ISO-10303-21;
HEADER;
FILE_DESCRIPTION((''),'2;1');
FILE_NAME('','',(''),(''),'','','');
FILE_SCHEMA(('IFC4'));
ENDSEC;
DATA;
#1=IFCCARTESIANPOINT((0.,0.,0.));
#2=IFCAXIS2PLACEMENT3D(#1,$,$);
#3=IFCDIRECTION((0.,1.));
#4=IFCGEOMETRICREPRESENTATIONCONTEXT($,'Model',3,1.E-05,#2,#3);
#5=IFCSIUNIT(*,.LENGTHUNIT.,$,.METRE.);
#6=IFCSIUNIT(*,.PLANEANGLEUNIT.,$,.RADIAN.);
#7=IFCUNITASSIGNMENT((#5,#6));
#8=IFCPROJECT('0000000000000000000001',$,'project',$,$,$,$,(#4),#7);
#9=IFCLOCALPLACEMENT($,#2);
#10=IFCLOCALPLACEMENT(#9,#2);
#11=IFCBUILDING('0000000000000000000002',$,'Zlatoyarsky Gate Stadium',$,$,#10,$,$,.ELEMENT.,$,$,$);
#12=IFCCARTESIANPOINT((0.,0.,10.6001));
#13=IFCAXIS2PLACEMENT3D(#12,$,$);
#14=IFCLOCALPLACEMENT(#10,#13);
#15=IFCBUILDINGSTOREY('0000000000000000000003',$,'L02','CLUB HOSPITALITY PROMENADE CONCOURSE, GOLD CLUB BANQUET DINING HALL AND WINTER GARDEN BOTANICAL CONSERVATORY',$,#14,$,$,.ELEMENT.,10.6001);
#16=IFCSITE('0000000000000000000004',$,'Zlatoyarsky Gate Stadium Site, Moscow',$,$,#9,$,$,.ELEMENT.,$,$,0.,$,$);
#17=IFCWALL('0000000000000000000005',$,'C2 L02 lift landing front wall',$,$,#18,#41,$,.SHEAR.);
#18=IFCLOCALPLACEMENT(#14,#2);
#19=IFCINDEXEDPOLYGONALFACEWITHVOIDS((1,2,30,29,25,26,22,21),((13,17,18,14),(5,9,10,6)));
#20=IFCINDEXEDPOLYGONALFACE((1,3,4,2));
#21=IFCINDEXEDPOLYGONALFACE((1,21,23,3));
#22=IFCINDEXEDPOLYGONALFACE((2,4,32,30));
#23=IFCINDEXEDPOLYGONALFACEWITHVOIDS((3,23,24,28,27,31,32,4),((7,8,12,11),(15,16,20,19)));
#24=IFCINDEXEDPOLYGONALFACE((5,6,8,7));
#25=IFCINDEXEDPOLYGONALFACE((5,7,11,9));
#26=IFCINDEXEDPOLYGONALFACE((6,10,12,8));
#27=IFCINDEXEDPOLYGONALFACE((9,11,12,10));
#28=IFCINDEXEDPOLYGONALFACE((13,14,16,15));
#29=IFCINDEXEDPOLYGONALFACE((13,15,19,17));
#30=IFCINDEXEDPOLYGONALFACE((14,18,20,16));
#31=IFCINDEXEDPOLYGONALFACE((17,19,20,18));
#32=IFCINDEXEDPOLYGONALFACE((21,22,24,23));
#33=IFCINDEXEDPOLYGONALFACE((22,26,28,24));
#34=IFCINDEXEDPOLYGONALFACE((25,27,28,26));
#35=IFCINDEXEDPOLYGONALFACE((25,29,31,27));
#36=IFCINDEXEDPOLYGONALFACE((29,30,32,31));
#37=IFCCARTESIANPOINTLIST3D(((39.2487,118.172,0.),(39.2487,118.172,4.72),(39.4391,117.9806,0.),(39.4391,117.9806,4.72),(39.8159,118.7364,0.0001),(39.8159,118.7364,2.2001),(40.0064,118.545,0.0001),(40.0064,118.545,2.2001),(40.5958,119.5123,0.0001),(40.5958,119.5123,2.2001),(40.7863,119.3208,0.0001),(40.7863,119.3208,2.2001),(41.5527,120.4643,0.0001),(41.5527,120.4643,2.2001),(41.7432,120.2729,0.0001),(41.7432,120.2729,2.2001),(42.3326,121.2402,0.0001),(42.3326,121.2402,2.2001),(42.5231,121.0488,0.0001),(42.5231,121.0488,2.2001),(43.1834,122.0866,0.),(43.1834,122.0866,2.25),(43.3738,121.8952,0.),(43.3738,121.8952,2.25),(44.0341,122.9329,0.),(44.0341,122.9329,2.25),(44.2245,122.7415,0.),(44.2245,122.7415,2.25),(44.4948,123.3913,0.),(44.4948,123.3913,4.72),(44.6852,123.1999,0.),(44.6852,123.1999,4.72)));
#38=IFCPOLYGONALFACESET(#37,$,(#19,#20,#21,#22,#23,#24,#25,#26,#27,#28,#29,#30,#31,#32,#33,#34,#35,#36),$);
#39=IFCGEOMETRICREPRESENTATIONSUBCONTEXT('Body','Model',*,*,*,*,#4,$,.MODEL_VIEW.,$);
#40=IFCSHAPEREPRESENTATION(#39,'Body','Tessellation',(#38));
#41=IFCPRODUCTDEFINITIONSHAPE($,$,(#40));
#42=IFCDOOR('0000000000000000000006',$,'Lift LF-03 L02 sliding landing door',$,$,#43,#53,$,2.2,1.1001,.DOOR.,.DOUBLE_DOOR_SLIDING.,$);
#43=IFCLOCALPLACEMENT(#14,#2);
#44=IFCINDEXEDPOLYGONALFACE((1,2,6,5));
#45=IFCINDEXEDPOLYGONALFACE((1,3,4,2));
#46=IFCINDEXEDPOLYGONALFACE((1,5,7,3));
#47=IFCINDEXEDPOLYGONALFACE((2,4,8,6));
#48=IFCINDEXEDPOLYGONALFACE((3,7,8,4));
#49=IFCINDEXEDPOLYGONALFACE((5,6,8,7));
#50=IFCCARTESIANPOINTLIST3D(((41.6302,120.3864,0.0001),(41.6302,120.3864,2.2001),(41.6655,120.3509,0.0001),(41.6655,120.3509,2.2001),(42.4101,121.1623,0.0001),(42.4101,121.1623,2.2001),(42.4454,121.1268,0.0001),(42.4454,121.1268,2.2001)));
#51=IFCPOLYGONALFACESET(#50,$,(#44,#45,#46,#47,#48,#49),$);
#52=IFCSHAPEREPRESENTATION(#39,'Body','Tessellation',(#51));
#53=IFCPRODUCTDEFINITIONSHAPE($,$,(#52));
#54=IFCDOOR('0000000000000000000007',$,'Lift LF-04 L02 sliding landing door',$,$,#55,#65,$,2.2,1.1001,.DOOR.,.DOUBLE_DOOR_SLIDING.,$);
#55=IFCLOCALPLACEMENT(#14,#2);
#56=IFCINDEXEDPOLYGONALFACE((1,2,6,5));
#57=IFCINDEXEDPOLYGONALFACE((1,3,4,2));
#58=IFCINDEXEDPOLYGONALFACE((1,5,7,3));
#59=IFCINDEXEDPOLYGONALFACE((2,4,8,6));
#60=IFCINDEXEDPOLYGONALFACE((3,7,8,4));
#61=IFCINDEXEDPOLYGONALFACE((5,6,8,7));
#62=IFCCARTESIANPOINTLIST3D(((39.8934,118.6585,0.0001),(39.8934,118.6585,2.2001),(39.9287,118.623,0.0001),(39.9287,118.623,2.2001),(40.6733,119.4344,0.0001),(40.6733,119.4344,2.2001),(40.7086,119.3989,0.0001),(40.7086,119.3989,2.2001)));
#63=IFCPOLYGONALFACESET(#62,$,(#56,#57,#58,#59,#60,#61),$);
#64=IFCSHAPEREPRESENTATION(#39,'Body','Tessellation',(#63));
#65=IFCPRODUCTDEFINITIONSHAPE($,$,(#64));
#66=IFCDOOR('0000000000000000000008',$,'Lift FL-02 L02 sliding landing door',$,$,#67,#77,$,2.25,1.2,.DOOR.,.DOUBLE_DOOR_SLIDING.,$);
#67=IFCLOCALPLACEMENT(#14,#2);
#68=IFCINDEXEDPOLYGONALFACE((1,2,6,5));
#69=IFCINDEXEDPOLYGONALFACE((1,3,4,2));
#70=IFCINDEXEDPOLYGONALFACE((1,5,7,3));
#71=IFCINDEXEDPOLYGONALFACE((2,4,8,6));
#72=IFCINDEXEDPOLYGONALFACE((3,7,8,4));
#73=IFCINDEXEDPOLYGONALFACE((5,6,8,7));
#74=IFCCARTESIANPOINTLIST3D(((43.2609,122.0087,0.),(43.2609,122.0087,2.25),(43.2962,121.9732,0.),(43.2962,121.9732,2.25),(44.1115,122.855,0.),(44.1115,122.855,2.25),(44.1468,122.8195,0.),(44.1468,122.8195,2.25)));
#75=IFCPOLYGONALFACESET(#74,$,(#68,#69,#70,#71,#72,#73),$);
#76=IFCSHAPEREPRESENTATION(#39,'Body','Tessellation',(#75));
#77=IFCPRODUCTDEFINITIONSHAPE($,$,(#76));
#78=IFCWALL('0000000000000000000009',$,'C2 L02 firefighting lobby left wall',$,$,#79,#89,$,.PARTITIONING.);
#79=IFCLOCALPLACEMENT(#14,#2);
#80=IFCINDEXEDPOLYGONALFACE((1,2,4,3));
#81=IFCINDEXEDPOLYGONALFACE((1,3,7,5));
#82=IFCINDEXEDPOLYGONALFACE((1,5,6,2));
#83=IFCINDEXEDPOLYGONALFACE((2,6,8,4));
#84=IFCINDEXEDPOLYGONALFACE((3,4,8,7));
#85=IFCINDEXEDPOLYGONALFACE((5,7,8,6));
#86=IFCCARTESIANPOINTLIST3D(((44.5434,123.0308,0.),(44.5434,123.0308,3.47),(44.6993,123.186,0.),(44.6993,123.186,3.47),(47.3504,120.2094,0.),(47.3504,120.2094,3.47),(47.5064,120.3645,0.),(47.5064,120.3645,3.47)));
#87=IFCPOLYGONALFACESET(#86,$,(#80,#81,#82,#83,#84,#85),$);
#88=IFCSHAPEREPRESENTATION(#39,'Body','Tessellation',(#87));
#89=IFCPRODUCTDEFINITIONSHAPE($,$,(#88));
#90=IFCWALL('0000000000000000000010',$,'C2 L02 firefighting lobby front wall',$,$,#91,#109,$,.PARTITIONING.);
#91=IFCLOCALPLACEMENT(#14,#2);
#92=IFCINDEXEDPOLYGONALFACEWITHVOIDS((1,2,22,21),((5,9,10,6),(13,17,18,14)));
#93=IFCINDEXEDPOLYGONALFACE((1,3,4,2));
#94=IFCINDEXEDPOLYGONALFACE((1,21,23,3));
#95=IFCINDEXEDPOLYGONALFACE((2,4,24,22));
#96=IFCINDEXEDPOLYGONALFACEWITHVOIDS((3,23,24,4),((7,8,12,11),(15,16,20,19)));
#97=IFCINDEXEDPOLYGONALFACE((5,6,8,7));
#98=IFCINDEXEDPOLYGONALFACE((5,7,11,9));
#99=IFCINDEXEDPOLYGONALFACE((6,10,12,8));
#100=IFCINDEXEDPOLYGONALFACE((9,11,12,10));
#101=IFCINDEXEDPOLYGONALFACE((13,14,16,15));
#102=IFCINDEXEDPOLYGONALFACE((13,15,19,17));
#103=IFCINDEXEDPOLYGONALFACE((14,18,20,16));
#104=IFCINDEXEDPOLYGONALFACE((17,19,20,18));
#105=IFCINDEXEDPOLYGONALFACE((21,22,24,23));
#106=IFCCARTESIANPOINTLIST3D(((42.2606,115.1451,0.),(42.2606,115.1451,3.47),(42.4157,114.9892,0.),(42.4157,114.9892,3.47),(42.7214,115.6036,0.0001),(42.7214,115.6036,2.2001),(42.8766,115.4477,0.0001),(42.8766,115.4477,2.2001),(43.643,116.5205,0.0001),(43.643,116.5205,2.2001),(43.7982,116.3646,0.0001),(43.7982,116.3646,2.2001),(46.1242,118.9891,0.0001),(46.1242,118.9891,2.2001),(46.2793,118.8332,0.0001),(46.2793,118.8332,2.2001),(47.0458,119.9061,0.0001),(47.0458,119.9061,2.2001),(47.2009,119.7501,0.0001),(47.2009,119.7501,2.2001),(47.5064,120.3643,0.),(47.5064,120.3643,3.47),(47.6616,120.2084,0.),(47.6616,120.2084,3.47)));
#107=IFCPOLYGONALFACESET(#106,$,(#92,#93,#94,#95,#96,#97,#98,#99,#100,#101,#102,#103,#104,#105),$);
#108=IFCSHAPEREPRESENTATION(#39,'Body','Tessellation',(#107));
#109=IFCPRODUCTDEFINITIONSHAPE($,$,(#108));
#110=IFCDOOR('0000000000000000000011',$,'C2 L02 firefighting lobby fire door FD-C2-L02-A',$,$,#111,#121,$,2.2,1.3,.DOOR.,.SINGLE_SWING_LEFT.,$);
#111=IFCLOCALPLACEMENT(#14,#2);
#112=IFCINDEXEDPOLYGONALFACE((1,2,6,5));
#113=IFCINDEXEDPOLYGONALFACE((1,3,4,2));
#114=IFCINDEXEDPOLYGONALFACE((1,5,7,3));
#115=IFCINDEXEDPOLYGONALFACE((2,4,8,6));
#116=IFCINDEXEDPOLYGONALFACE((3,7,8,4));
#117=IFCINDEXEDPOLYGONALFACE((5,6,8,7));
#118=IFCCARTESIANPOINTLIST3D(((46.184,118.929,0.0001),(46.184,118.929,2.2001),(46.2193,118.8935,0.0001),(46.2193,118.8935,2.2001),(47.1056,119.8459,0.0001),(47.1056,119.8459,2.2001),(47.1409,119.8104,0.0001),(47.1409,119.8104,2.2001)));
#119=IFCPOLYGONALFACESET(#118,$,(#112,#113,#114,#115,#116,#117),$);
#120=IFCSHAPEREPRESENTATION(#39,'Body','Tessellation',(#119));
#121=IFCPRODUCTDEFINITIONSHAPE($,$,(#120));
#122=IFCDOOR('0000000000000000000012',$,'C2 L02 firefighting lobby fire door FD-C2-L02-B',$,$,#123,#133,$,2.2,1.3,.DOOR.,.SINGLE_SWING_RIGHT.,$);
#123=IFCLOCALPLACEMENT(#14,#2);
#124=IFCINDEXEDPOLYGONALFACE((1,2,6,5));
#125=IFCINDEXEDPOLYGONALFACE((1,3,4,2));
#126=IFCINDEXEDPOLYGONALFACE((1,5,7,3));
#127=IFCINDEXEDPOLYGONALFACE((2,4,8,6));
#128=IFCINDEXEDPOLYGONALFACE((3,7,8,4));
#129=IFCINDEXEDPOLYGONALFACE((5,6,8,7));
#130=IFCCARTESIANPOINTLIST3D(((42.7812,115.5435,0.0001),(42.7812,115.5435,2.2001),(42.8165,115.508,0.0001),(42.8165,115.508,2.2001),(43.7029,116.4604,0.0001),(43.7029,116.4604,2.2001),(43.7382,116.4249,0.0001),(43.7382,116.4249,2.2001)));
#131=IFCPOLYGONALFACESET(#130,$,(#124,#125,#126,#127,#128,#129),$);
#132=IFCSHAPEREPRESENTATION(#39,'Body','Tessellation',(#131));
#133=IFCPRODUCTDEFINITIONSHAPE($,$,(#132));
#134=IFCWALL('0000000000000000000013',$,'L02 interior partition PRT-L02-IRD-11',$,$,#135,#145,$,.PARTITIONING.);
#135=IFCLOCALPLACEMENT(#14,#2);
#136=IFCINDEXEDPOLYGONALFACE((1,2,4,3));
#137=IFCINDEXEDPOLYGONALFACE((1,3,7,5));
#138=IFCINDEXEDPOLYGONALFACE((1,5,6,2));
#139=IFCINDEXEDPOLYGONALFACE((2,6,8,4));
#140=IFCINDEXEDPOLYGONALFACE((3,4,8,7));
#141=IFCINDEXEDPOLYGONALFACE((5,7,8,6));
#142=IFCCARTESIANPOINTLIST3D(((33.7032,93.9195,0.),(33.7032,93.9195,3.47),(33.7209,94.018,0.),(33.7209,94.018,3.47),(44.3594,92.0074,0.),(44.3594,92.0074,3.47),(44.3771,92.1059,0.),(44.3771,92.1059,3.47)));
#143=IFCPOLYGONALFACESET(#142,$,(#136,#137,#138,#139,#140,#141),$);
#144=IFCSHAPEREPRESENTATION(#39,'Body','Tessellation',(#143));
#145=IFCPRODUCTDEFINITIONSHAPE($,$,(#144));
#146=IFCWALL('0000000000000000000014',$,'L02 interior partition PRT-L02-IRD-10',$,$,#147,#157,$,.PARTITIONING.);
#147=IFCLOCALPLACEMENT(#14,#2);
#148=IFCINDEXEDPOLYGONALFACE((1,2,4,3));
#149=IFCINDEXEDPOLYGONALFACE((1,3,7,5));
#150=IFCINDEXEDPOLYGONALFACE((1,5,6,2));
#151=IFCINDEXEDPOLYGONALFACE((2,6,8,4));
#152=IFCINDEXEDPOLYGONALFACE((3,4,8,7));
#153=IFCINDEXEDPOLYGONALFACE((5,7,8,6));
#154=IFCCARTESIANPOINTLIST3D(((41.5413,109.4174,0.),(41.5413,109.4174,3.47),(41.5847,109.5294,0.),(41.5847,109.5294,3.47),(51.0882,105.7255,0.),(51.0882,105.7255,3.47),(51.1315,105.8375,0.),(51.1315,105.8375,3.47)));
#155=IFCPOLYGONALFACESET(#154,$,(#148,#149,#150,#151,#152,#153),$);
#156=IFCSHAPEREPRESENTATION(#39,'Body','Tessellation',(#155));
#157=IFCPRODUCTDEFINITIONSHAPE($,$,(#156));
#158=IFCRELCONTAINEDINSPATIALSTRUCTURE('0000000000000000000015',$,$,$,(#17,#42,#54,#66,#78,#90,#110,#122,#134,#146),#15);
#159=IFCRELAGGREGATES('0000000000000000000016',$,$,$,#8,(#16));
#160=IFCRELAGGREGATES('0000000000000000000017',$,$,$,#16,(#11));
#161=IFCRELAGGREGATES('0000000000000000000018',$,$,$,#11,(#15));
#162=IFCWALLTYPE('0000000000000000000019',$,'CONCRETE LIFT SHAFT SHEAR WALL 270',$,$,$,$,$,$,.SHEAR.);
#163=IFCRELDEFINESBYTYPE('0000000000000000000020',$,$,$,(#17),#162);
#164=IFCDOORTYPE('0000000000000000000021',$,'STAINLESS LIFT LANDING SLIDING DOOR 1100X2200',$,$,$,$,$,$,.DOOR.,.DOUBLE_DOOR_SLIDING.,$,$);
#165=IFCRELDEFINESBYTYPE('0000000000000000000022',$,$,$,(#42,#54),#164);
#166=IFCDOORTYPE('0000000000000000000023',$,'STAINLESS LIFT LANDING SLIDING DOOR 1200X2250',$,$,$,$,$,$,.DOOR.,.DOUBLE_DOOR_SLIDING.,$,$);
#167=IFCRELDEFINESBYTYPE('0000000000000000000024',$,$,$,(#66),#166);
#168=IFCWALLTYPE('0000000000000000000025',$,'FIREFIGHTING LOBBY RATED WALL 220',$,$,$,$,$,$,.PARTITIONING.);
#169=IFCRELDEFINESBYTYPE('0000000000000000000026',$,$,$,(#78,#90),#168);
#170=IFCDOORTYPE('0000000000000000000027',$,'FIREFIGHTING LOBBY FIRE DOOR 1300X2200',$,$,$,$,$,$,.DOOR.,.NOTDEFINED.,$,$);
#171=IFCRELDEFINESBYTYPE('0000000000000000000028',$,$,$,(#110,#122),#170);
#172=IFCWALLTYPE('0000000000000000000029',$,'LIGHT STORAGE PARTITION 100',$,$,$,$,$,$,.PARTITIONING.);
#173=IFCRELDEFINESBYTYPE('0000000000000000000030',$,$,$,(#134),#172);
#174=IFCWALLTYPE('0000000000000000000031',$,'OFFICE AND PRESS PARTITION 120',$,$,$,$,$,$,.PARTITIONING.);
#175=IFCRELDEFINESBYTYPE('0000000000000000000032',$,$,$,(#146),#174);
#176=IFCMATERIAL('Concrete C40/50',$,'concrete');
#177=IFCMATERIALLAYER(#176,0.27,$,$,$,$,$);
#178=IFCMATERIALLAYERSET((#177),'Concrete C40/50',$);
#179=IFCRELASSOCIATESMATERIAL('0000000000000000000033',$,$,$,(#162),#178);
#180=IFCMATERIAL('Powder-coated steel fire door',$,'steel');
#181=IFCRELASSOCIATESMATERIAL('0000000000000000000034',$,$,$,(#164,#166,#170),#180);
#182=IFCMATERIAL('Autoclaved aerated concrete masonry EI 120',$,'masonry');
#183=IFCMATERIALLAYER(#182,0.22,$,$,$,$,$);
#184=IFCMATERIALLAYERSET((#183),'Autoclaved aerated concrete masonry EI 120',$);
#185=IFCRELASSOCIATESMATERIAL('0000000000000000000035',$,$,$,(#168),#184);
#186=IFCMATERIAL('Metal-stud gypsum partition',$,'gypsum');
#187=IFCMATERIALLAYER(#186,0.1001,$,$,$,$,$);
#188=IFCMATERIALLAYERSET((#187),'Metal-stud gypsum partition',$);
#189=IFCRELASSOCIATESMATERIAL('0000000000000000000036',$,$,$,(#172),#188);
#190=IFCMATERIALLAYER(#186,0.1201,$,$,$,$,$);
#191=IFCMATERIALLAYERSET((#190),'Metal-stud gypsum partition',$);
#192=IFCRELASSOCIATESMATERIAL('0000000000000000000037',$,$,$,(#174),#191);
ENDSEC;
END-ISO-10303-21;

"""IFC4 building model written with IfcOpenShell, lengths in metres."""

from ifc_helpers import new_model, si_unit, direction, frame, frame_2d, origin, place, context, subcontext, project, spatial, rectangle, extrude, material, layer, layer_set, type_object, element, fill, save


model = new_model("IFC4")

# Units and contexts
model_context = context("Model", 3, precision=1e-05, world=origin(), true_north=direction((0.0, 1.0)))
body_context = subcontext(model_context, "Body", "Model", "MODEL_VIEW")
ifc_project = project(units=[si_unit("LENGTHUNIT", "METRE"), si_unit("PLANEANGLEUNIT", "RADIAN")], contexts=[model_context])

# Site, building, storey
site_placement = place(None, origin())
site = spatial("IfcSite", under=ifc_project, at=site_placement, Name="Zlatoyarsky Gate Stadium Site, Moscow", CompositionType="ELEMENT", RefElevation=0.0)
building_placement = place(site_placement, origin())
building = spatial("IfcBuilding", under=site, at=building_placement, Name="Zlatoyarsky Gate Stadium", CompositionType="ELEMENT")
storey_placement = place(building_placement, frame((0.0, 0.0, 10.6001)))
storey = spatial("IfcBuildingStorey", under=building, at=storey_placement, Name="L02", Description="CLUB HOSPITALITY PROMENADE CONCOURSE, GOLD CLUB BANQUET DINING HALL AND WINTER GARDEN BOTANICAL CONSERVATORY", CompositionType="ELEMENT", Elevation=10.6001)

# Wall, openings, doors
ifc_material_1 = material(Name="Concrete C40/50", Category="concrete")
ifc_layer_1 = layer(ifc_material_1, 0.27)
ifc_layer_set_1 = layer_set([ifc_layer_1], Name="Concrete C40/50")
wall_type_1 = type_object("IfcWallType", Name="CONCRETE LIFT SHAFT SHEAR WALL 270", PredefinedType="SHEAR", material=ifc_layer_set_1)
wall_1_placement = place(storey_placement, frame((44.5901, 123.2957, 0.0), z_axis=(0.0, 0.0, 1.0), x_axis=(-0.708919, -0.70529, 0.0)))
wall_1 = element("IfcWall", 1, at=wall_1_placement, inside=storey, type_object=wall_type_1, Name="C2 L02 lift landing front wall", PredefinedType="SHEAR", context=body_context, shape_type="SweptSolid", body=[
    extrude(rectangle(XDim=7.4001, YDim=0.27, at=frame_2d((3.7002, 0.0))), origin(), (0.0, 0.0, 1.0), 4.72),
])
opening_1_placement = place(wall_1_placement, frame((0.6499, 0.0, 0.0)))
opening_1 = element("IfcOpeningElement", 2, at=opening_1_placement, cuts=wall_1, PredefinedType="OPENING", context=body_context, shape_type="SweptSolid", body=[
    extrude(rectangle(XDim=1.2, YDim=2.25, at=frame_2d((0.6001, 1.125))), frame((0.0, 0.145, 0.0), z_axis=(0.0, -1.0, 0.0), x_axis=(1.0, 0.0, 0.0)), (0.0, 0.0, 1.0), 0.29),
])
opening_2_placement = place(wall_1_placement, frame((3.05, 0.0, 0.0)))
opening_2 = element("IfcOpeningElement", 3, at=opening_2_placement, cuts=wall_1, PredefinedType="OPENING", context=body_context, shape_type="SweptSolid", body=[
    extrude(rectangle(XDim=1.1001, YDim=2.2, at=frame_2d((0.55, 1.1001))), frame((0.0, 0.145, 0.0), z_axis=(0.0, -1.0, 0.0), x_axis=(1.0, 0.0, 0.0)), (0.0, 0.0, 1.0), 0.29),
])
opening_3_placement = place(wall_1_placement, frame((5.5, 0.0, 0.0)))
opening_3 = element("IfcOpeningElement", 4, at=opening_3_placement, cuts=wall_1, PredefinedType="OPENING", context=body_context, shape_type="SweptSolid", body=[
    extrude(rectangle(XDim=1.1001, YDim=2.2, at=frame_2d((0.55, 1.1001))), frame((0.0, 0.145, 0.0), z_axis=(0.0, -1.0, 0.0), x_axis=(1.0, 0.0, 0.0)), (0.0, 0.0, 1.0), 0.29),
])
ifc_material_2 = material(Name="Powder-coated steel fire door", Category="steel")
door_type_1 = type_object("IfcDoorType", Name="STAINLESS LIFT LANDING SLIDING DOOR 1100X2200", OperationType="DOUBLE_DOOR_SLIDING", PredefinedType="DOOR", material=ifc_material_2)
door_1_placement = place(opening_2_placement, origin())
door_1 = element("IfcDoor", 5, at=door_1_placement, inside=storey, type_object=door_type_1, Name="Lift LF-03 L02 sliding landing door", OperationType="DOUBLE_DOOR_SLIDING", OverallHeight=2.2, OverallWidth=1.1001, PredefinedType="DOOR", context=body_context, shape_type="SweptSolid", body=[
    extrude(rectangle(XDim=1.1001, YDim=2.2, at=frame_2d((0.55, 1.1001))), frame((0.0, 0.0249, 0.0), z_axis=(0.0, -1.0, 0.0), x_axis=(1.0, 0.0, 0.0)), (0.0, 0.0, 1.0), 0.05),
])
fill(opening_2, door_1)
door_2_placement = place(opening_3_placement, origin())
door_2 = element("IfcDoor", 6, at=door_2_placement, inside=storey, type_object=door_type_1, Name="Lift LF-04 L02 sliding landing door", OperationType="DOUBLE_DOOR_SLIDING", OverallHeight=2.2, OverallWidth=1.1001, PredefinedType="DOOR", context=body_context, shape_type="SweptSolid", body=[
    extrude(rectangle(XDim=1.1001, YDim=2.2, at=frame_2d((0.55, 1.1001))), frame((0.0, 0.0249, 0.0), z_axis=(0.0, -1.0, 0.0), x_axis=(1.0, 0.0, 0.0)), (0.0, 0.0, 1.0), 0.05),
])
fill(opening_3, door_2)
door_type_2 = type_object("IfcDoorType", Name="STAINLESS LIFT LANDING SLIDING DOOR 1200X2250", OperationType="DOUBLE_DOOR_SLIDING", PredefinedType="DOOR", material=ifc_material_2)
door_3_placement = place(opening_1_placement, origin())
door_3 = element("IfcDoor", 7, at=door_3_placement, inside=storey, type_object=door_type_2, Name="Lift FL-02 L02 sliding landing door", OperationType="DOUBLE_DOOR_SLIDING", OverallHeight=2.25, OverallWidth=1.2, PredefinedType="DOOR", context=body_context, shape_type="SweptSolid", body=[
    extrude(rectangle(XDim=1.2, YDim=2.25, at=frame_2d((0.6001, 1.125))), frame((0.0, 0.0249, 0.0), z_axis=(0.0, -1.0, 0.0), x_axis=(1.0, 0.0, 0.0)), (0.0, 0.0, 1.0), 0.05),
])
fill(opening_1, door_3)

# Wall
ifc_material_3 = material(Name="Autoclaved aerated concrete masonry EI 120", Category="masonry")
ifc_layer_2 = layer(ifc_material_3, 0.22)
ifc_layer_set_2 = layer_set([ifc_layer_2], Name="Autoclaved aerated concrete masonry EI 120")
wall_type_2 = type_object("IfcWallType", Name="FIREFIGHTING LOBBY RATED WALL 220", PredefinedType="PARTITIONING", material=ifc_layer_set_2)
wall_2_placement = place(storey_placement, frame((44.6213, 123.1084, 0.0), z_axis=(0.0, 0.0, 1.0), x_axis=(0.705295, -0.708914, 0.0)))
element("IfcWall", 8, at=wall_2_placement, inside=storey, type_object=wall_type_2, Name="C2 L02 firefighting lobby left wall", PredefinedType="PARTITIONING", context=body_context, shape_type="SweptSolid", body=[
    extrude(rectangle(XDim=3.98, YDim=0.22, at=frame_2d((1.99, 0.0))), origin(), (0.0, 0.0, 1.0), 3.47),
])

# Wall, openings, doors
wall_3_placement = place(storey_placement, frame((47.584, 120.2864, 0.0), z_axis=(0.0, 0.0, 1.0), x_axis=(-0.708903, -0.705306, 0.0)))
wall_3 = element("IfcWall", 9, at=wall_3_placement, inside=storey, type_object=wall_type_2, Name="C2 L02 firefighting lobby front wall", PredefinedType="PARTITIONING", context=body_context, shape_type="SweptSolid", body=[
    extrude(rectangle(XDim=7.3999, YDim=0.22, at=frame_2d((3.7, 0.0))), origin(), (0.0, 0.0, 1.0), 3.47),
])
opening_4_placement = place(wall_3_placement, frame((0.6499, 0.0, 0.0)))
opening_4 = element("IfcOpeningElement", 10, at=opening_4_placement, cuts=wall_3, PredefinedType="OPENING", context=body_context, shape_type="SweptSolid", body=[
    extrude(rectangle(XDim=1.3, YDim=2.2, at=frame_2d((0.6499, 1.1001))), frame((0.0, 0.1199, 0.0), z_axis=(0.0, -1.0, 0.0), x_axis=(1.0, 0.0, 0.0)), (0.0, 0.0, 1.0), 0.24),
])
opening_5_placement = place(wall_3_placement, frame((5.45, 0.0, 0.0)))
opening_5 = element("IfcOpeningElement", 11, at=opening_5_placement, cuts=wall_3, PredefinedType="OPENING", context=body_context, shape_type="SweptSolid", body=[
    extrude(rectangle(XDim=1.3, YDim=2.2, at=frame_2d((0.6499, 1.1001))), frame((0.0, 0.1199, 0.0), z_axis=(0.0, -1.0, 0.0), x_axis=(1.0, 0.0, 0.0)), (0.0, 0.0, 1.0), 0.24),
])
door_type_3 = type_object("IfcDoorType", Name="FIREFIGHTING LOBBY FIRE DOOR 1300X2200", OperationType="NOTDEFINED", PredefinedType="DOOR", material=ifc_material_2)
door_4_placement = place(opening_4_placement, origin())
door_4 = element("IfcDoor", 12, at=door_4_placement, inside=storey, type_object=door_type_3, Name="C2 L02 firefighting lobby fire door FD-C2-L02-A", OperationType="SINGLE_SWING_LEFT", OverallHeight=2.2, OverallWidth=1.3, PredefinedType="DOOR", context=body_context, shape_type="SweptSolid", body=[
    extrude(rectangle(XDim=1.3, YDim=2.2, at=frame_2d((0.6499, 1.1001))), frame((0.0, 0.0249, 0.0), z_axis=(0.0, -1.0, 0.0), x_axis=(1.0, 0.0, 0.0)), (0.0, 0.0, 1.0), 0.05),
])
fill(opening_4, door_4)
door_5_placement = place(opening_5_placement, origin())
door_5 = element("IfcDoor", 13, at=door_5_placement, inside=storey, type_object=door_type_3, Name="C2 L02 firefighting lobby fire door FD-C2-L02-B", OperationType="SINGLE_SWING_RIGHT", OverallHeight=2.2, OverallWidth=1.3, PredefinedType="DOOR", context=body_context, shape_type="SweptSolid", body=[
    extrude(rectangle(XDim=1.3, YDim=2.2, at=frame_2d((0.6499, 1.1001))), frame((0.0, 0.0249, 0.0), z_axis=(0.0, -1.0, 0.0), x_axis=(1.0, 0.0, 0.0)), (0.0, 0.0, 1.0), 0.05),
])
fill(opening_5, door_5)

# Walls
ifc_material_4 = material(Name="Metal-stud gypsum partition", Category="gypsum")
ifc_layer_3 = layer(ifc_material_4, 0.1001)
ifc_layer_set_3 = layer_set([ifc_layer_3], Name="Metal-stud gypsum partition")
wall_type_3 = type_object("IfcWallType", Name="LIGHT STORAGE PARTITION 100", PredefinedType="PARTITIONING", material=ifc_layer_set_3)
wall_4_placement = place(storey_placement, frame((44.3682, 92.0566, 0.0), z_axis=(0.0, 0.0, 1.0), x_axis=(-0.98428, 0.176615, 0.0)))
element("IfcWall", 14, at=wall_4_placement, inside=storey, type_object=wall_type_3, Name="L02 interior partition PRT-L02-IRD-11", PredefinedType="PARTITIONING", context=body_context, shape_type="SweptSolid", body=[
    extrude(rectangle(XDim=10.8264, YDim=0.1001, at=frame_2d((5.4131, 0.0))), origin(), (0.0, 0.0, 1.0), 3.47),
])
ifc_layer_4 = layer(ifc_material_4, 0.1201)
ifc_layer_set_4 = layer_set([ifc_layer_4], Name="Metal-stud gypsum partition")
wall_type_4 = type_object("IfcWallType", Name="OFFICE AND PRESS PARTITION 120", PredefinedType="PARTITIONING", material=ifc_layer_set_4)
wall_5_placement = place(storey_placement, frame((51.1099, 105.7815, 0.0), z_axis=(0.0, 0.0, 1.0), x_axis=(-0.932689, 0.360682, 0.0)))
element("IfcWall", 15, at=wall_5_placement, inside=storey, type_object=wall_type_4, Name="L02 interior partition PRT-L02-IRD-10", PredefinedType="PARTITIONING", context=body_context, shape_type="SweptSolid", body=[
    extrude(rectangle(XDim=10.2358, YDim=0.1201, at=frame_2d((5.1179, 0.0))), origin(), (0.0, 0.0, 1.0), 3.47),
])

save(model, "model.ifc")
